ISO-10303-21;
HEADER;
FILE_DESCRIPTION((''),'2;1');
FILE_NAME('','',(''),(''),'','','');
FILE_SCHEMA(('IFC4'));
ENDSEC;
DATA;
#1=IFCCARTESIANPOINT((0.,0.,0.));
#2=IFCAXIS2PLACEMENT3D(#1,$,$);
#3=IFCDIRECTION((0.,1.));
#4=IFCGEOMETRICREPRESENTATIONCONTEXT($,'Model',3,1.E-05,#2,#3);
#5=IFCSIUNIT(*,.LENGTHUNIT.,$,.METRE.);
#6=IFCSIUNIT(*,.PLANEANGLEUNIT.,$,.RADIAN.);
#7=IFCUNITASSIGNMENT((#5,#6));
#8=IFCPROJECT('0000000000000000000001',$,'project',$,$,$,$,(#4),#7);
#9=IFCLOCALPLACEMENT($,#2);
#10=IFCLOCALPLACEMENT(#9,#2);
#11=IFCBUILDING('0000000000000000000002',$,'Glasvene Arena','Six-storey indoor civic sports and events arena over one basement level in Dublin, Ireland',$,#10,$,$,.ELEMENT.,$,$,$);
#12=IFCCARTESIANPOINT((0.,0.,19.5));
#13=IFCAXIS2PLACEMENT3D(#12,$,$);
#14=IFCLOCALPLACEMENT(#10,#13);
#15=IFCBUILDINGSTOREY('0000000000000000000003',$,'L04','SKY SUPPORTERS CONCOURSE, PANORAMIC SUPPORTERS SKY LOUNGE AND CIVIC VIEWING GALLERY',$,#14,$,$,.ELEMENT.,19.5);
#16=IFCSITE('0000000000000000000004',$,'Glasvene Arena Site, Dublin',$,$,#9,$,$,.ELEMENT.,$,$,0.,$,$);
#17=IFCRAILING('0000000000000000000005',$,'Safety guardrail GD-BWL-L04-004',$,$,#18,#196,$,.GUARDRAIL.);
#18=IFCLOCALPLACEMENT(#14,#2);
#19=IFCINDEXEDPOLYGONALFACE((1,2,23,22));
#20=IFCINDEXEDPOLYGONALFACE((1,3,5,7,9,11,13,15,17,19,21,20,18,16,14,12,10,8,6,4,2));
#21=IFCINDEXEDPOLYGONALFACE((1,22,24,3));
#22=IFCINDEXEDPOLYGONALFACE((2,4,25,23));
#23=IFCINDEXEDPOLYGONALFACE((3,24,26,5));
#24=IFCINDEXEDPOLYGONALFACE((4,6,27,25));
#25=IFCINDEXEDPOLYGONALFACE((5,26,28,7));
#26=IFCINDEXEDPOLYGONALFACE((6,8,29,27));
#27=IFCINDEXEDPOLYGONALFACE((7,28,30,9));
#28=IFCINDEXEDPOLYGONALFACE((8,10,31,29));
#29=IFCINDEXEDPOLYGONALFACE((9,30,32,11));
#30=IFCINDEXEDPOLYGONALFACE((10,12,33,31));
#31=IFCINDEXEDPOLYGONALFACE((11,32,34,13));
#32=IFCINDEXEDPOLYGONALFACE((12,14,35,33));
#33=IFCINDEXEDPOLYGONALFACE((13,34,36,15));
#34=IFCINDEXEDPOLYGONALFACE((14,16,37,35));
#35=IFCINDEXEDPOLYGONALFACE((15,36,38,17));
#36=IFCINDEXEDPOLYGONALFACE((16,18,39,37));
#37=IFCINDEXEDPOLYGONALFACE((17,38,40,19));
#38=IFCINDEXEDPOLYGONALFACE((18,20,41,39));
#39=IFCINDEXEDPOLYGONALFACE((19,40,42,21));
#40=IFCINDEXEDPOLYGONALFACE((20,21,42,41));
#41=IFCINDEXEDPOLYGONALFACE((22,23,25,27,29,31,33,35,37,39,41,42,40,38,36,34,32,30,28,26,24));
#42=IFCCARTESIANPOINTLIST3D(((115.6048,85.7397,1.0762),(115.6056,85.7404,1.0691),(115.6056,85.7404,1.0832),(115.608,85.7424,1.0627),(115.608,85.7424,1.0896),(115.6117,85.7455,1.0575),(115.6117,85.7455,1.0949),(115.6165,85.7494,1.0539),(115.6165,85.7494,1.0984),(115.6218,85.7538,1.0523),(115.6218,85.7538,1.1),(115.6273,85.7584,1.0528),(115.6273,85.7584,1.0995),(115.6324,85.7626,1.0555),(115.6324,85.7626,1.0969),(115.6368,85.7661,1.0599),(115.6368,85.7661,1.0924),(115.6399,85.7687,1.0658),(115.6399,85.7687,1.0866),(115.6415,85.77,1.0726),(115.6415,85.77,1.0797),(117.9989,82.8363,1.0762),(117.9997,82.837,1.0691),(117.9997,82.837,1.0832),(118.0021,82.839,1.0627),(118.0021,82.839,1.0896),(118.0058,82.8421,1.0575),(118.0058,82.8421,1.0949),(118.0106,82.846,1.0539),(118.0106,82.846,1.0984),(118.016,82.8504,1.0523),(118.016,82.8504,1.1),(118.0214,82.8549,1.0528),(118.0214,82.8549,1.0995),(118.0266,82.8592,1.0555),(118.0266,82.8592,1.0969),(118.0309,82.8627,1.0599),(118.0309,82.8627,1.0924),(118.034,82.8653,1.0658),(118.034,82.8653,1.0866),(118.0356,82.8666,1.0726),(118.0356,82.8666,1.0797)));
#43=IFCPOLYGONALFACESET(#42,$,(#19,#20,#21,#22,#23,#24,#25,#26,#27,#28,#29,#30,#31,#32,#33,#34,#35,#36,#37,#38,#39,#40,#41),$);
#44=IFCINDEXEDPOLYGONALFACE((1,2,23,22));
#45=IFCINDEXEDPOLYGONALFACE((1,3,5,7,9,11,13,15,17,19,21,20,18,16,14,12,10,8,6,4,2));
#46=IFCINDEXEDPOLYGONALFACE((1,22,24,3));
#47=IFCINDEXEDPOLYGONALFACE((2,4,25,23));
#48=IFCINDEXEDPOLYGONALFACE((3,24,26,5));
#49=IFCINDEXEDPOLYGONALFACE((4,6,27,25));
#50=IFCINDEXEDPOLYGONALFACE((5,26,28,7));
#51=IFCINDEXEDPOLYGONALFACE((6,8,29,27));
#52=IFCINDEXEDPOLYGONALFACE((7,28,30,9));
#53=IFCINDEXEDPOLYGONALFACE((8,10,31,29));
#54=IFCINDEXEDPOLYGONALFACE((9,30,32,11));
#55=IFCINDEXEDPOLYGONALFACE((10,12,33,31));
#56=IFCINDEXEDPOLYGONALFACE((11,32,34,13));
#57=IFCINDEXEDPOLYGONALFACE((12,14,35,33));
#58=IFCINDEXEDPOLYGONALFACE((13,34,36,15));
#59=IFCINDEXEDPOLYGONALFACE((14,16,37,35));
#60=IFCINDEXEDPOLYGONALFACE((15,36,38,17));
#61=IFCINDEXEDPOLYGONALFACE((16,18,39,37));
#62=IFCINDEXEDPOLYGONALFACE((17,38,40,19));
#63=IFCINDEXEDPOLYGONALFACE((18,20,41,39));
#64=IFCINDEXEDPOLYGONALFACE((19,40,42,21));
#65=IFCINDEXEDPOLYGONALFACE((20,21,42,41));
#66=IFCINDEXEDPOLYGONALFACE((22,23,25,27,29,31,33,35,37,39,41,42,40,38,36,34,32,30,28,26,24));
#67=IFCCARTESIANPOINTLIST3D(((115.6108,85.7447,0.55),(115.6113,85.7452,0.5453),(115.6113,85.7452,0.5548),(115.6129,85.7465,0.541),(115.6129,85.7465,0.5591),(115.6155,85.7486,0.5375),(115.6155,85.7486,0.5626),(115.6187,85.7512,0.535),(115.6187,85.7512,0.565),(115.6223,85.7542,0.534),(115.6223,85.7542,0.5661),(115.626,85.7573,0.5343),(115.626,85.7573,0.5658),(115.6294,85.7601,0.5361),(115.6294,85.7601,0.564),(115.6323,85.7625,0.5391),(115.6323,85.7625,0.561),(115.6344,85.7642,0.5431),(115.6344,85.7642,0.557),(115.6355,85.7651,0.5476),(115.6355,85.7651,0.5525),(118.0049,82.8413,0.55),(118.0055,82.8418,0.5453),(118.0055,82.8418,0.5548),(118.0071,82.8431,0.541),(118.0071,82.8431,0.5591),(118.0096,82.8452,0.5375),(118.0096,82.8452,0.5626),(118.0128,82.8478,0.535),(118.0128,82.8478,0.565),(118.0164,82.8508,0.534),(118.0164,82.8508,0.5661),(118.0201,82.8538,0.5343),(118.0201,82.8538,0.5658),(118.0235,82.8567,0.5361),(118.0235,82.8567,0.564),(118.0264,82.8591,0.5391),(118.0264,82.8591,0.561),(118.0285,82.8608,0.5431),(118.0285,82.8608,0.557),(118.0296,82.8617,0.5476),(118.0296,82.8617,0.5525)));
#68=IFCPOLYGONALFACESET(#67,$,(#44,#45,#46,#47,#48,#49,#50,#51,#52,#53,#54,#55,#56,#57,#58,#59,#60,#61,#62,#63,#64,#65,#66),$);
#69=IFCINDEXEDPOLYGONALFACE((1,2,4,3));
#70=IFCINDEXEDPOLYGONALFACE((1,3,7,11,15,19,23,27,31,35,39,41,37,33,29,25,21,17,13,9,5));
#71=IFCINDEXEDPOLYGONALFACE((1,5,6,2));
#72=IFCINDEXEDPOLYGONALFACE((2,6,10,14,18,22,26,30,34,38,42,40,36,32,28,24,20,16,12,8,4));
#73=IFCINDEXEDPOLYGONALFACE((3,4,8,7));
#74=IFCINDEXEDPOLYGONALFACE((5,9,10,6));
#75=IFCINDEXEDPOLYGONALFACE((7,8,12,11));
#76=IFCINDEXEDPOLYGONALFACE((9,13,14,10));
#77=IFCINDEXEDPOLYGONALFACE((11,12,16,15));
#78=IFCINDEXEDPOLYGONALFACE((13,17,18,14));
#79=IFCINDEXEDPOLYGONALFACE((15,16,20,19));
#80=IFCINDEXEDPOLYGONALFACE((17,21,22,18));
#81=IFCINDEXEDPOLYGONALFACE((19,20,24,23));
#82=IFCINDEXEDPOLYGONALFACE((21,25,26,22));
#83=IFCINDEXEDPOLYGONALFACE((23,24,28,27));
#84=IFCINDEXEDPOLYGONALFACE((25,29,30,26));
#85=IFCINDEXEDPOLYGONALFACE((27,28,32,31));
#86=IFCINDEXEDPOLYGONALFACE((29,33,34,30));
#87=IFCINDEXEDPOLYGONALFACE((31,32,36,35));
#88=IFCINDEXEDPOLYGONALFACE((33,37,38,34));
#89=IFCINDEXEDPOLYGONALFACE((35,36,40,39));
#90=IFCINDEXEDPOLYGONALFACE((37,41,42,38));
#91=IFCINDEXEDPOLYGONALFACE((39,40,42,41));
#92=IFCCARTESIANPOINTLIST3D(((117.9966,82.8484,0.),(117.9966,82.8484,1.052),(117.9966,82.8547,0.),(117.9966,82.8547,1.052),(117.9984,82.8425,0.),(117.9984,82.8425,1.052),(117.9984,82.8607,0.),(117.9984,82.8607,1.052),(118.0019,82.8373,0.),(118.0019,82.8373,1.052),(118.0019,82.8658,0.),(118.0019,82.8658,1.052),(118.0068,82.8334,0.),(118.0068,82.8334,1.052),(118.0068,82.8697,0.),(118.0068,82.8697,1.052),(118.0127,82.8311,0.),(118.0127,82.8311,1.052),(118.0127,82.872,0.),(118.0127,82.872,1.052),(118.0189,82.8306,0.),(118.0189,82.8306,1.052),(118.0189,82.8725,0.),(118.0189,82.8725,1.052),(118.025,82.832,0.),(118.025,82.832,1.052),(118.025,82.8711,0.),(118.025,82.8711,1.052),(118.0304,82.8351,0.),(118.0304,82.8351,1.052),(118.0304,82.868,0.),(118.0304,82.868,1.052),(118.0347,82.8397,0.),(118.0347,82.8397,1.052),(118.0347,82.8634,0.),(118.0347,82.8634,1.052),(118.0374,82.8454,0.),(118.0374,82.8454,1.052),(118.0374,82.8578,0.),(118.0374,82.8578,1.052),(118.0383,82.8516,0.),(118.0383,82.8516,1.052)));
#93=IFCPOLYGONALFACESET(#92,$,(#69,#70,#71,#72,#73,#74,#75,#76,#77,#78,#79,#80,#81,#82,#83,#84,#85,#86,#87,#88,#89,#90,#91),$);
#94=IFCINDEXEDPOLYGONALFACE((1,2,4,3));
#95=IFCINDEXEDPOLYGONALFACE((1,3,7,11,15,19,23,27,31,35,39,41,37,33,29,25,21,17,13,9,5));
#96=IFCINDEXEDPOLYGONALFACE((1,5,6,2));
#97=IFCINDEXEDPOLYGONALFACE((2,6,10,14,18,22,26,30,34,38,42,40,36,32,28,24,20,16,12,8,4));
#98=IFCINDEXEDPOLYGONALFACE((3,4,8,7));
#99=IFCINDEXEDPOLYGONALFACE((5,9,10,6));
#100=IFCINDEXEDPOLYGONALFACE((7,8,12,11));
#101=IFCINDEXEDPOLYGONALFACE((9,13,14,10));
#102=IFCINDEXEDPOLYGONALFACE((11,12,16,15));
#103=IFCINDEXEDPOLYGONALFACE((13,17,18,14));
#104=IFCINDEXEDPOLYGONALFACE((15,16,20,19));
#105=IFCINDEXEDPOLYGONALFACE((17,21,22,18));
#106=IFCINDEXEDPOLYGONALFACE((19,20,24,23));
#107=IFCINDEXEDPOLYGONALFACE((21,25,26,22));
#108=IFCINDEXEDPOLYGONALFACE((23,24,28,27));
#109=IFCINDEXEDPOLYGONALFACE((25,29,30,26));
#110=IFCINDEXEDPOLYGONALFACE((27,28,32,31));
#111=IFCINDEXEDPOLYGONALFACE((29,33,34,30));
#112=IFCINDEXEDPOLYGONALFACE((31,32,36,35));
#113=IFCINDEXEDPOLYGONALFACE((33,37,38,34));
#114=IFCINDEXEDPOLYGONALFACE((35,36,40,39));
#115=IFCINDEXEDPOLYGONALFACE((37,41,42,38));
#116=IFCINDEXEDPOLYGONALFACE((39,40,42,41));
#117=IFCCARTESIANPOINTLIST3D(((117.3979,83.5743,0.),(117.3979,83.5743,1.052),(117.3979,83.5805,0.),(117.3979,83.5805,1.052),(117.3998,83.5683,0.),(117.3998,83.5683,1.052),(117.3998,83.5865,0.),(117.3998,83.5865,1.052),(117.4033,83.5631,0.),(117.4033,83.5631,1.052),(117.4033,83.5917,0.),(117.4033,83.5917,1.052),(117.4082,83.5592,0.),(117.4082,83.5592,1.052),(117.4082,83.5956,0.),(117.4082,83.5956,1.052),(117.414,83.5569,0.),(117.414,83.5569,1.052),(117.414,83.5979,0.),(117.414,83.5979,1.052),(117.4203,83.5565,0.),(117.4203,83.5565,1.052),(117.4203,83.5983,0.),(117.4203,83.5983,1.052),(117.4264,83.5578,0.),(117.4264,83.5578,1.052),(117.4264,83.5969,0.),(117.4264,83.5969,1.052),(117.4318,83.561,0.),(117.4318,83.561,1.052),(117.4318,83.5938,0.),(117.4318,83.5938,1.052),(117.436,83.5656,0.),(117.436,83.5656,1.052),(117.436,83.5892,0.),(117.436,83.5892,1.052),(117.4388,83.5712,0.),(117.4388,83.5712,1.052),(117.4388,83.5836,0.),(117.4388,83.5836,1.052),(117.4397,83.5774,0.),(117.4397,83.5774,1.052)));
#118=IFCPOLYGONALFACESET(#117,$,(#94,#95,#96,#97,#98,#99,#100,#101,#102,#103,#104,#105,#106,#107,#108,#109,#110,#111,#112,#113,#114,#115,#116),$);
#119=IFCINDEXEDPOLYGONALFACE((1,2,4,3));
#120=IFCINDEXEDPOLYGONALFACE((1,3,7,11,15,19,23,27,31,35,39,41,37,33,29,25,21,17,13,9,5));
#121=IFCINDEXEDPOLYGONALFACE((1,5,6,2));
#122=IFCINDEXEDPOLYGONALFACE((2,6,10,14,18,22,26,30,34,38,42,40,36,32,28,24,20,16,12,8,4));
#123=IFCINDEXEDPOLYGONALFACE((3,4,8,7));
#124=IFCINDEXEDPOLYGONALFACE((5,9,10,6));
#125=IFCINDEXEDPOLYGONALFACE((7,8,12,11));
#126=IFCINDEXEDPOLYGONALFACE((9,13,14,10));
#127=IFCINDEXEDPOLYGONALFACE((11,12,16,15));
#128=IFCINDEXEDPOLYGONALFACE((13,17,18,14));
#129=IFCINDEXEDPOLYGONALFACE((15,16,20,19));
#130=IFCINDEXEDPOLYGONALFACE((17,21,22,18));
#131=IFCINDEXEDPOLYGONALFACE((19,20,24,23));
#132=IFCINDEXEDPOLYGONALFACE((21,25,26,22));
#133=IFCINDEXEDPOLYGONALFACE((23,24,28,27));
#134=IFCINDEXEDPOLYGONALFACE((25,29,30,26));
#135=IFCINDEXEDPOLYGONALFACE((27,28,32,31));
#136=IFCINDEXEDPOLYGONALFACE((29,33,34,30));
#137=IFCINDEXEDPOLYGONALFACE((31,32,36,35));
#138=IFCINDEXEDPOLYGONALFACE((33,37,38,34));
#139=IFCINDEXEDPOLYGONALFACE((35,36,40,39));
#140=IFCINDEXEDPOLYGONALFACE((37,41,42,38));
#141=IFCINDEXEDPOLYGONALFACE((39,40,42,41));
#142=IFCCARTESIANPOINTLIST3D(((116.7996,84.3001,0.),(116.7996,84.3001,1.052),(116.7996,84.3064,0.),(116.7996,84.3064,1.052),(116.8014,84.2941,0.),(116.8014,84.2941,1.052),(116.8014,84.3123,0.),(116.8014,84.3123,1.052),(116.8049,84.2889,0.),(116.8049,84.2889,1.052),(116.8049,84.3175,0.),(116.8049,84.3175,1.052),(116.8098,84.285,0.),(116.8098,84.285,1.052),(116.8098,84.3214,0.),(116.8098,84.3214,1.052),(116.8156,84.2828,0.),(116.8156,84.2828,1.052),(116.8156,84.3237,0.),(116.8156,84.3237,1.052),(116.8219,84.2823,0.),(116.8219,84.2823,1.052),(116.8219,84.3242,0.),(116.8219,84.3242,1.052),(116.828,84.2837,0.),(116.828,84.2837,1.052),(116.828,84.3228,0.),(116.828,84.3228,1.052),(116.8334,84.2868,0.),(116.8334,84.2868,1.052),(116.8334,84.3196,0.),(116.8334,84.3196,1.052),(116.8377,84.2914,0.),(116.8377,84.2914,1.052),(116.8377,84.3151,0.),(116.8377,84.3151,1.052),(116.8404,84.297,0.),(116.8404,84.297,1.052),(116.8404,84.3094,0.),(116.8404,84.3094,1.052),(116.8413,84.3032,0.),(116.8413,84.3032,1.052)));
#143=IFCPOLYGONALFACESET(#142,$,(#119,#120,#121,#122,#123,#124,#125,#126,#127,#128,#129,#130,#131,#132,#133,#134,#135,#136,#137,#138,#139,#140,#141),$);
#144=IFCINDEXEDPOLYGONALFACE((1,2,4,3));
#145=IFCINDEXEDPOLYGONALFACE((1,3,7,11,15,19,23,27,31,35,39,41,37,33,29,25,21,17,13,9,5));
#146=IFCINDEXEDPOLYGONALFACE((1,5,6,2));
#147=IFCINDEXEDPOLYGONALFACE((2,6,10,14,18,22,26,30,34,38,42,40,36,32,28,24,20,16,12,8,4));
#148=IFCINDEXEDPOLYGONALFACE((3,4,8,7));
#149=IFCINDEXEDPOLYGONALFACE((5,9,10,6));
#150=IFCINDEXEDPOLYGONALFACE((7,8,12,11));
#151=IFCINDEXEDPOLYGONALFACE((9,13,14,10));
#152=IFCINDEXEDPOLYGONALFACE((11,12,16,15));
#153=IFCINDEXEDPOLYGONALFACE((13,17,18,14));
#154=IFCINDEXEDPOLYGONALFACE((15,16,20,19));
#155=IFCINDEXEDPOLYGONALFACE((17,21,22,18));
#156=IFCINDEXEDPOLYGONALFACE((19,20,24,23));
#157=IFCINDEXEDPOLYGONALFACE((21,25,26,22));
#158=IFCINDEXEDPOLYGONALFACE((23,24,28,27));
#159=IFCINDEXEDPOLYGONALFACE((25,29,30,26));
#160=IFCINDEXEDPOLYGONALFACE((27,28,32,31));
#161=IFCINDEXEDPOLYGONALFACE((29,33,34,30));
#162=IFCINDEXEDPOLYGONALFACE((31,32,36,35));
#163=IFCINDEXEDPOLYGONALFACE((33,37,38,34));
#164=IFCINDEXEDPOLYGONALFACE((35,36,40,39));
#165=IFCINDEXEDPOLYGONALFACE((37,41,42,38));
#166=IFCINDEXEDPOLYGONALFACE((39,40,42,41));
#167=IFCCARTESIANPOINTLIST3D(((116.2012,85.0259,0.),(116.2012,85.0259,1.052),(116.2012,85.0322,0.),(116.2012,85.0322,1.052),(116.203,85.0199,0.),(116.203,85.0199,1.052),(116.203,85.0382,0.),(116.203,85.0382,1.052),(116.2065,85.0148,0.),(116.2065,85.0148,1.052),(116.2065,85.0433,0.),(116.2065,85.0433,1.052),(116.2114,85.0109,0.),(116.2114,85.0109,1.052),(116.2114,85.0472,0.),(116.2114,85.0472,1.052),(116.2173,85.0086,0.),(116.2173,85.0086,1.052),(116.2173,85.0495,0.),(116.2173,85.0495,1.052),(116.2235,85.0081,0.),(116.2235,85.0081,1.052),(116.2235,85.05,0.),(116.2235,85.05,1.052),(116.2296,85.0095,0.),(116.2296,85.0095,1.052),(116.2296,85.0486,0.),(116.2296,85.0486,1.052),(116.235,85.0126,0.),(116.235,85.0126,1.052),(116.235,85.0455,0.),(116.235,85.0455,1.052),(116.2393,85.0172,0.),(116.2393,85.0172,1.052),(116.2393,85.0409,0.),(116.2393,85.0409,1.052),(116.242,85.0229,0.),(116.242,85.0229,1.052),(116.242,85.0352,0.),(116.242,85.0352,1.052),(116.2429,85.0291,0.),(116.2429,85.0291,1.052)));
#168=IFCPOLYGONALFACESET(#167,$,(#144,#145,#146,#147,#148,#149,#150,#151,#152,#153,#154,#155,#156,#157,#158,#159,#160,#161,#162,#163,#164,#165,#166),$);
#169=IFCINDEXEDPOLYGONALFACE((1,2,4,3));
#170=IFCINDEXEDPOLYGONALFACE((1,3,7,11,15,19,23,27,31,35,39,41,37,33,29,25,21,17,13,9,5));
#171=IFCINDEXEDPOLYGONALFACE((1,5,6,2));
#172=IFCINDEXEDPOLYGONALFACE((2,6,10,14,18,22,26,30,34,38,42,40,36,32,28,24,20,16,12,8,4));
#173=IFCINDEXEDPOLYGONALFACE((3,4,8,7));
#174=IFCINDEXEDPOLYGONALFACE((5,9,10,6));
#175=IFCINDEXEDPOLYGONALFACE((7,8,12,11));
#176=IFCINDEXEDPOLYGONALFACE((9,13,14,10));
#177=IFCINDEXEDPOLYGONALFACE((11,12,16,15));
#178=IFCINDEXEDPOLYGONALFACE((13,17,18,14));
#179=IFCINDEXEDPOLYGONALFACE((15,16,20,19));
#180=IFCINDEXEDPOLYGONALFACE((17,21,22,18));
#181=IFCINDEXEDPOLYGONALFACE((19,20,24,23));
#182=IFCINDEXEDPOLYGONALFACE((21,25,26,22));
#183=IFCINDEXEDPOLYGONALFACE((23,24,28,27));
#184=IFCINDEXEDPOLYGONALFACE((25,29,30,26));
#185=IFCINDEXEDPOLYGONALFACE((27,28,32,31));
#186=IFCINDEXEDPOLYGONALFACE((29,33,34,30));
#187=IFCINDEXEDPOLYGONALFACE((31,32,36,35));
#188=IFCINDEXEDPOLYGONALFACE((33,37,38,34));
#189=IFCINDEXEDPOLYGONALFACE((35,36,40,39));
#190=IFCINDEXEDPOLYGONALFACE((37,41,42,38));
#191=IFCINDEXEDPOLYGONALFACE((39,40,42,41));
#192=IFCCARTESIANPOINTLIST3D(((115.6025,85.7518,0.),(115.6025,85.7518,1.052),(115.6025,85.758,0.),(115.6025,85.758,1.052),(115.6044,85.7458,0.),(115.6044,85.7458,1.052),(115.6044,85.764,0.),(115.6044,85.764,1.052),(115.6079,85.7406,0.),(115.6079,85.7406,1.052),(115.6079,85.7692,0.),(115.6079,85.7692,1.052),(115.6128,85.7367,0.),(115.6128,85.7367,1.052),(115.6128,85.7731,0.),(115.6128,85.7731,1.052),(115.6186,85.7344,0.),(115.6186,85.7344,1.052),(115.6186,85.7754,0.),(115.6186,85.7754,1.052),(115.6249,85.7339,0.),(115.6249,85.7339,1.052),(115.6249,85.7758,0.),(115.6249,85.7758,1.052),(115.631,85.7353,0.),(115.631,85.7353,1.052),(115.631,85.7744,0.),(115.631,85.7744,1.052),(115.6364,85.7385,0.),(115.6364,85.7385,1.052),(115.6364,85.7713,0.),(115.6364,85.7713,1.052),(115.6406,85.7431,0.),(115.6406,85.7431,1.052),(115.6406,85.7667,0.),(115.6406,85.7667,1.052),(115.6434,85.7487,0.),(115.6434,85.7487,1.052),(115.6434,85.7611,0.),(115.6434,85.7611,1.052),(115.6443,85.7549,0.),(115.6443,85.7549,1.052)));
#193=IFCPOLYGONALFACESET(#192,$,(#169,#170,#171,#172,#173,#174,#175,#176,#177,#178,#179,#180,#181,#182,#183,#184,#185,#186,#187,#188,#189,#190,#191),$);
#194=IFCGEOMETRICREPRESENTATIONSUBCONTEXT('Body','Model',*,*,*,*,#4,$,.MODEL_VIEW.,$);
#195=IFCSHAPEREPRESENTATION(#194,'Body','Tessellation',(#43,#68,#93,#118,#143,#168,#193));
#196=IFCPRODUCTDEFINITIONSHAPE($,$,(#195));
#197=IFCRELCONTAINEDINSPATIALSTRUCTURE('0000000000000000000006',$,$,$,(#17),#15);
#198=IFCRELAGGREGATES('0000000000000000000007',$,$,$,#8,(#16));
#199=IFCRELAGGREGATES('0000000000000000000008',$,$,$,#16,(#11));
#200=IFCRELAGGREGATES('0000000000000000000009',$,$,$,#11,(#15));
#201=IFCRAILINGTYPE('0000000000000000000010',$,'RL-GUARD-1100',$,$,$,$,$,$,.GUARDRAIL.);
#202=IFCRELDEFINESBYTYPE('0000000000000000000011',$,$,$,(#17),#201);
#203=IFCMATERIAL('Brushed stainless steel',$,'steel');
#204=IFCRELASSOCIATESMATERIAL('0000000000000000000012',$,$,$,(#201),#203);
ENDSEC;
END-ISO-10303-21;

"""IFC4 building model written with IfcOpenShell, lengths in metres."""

from ifc_helpers import new_model, si_unit, direction, frame, origin, origin_2d, place, context, subcontext, project, spatial, circle, extrude, material, type_object, element, save


model = new_model("IFC4")

# Units and contexts
model_context = context("Model", 3, precision=1e-05, world=origin(), true_north=direction((0.0, 1.0)))
body_context = subcontext(model_context, "Body", "Model", "MODEL_VIEW")
ifc_project = project(units=[si_unit("LENGTHUNIT", "METRE"), si_unit("PLANEANGLEUNIT", "RADIAN")], contexts=[model_context])

# Site, building, storey
site_placement = place(None, origin())
site = spatial("IfcSite", under=ifc_project, at=site_placement, Name="Glasvene Arena Site, Dublin", CompositionType="ELEMENT", RefElevation=0.0)
building_placement = place(site_placement, origin())
building = spatial("IfcBuilding", under=site, at=building_placement, Name="Glasvene Arena", Description="Six-storey indoor civic sports and events arena over one basement level in Dublin, Ireland", CompositionType="ELEMENT")
storey_placement = place(building_placement, frame((0.0, 0.0, 19.5)))
storey = spatial("IfcBuildingStorey", under=building, at=storey_placement, Name="L04", Description="SKY SUPPORTERS CONCOURSE, PANORAMIC SUPPORTERS SKY LOUNGE AND CIVIC VIEWING GALLERY", CompositionType="ELEMENT", Elevation=19.5)

# Railing
ifc_material = material(Name="Brushed stainless steel", Category="steel")
railing_type = type_object("IfcRailingType", Name="RL-GUARD-1100", PredefinedType="GUARDRAIL", material=ifc_material)
railing_1_placement = place(storey_placement, frame((118.0173, 82.8516, 0.0)))
element("IfcRailing", 1, at=railing_1_placement, inside=storey, type_object=railing_type, Name="Safety guardrail GD-BWL-L04-004", PredefinedType="GUARDRAIL", context=body_context, shape_type="SweptSolid", body=[
    extrude(circle(Radius=0.0239, at=origin_2d()), frame((0.0, 0.0, 1.0762), z_axis=(-0.636194, 0.771529, 0.0), x_axis=(-0.771529, -0.636194, 0.0)), (0.0, 0.0, 1.0), 3.7632),
    extrude(circle(Radius=0.0161, at=origin_2d()), frame((0.0, 0.0, 0.55), z_axis=(-0.636194, 0.771529, 0.0), x_axis=(-0.771529, -0.636194, 0.0)), (0.0, 0.0, 1.0), 3.7632),
    extrude(circle(Radius=0.021, at=origin_2d()), origin(), (0.0, 0.0, 1.0), 1.052),
    extrude(circle(Radius=0.021, at=origin_2d()), frame((-0.5986, 0.7258, 0.0)), (0.0, 0.0, 1.0), 1.052),
    extrude(circle(Radius=0.021, at=origin_2d()), frame((-1.197, 1.4517, 0.0)), (0.0, 0.0, 1.0), 1.052),
    extrude(circle(Radius=0.021, at=origin_2d()), frame((-1.7954, 2.1775, 0.0)), (0.0, 0.0, 1.0), 1.052),
    extrude(circle(Radius=0.021, at=origin_2d()), frame((-2.394, 2.9033, 0.0)), (0.0, 0.0, 1.0), 1.052),
])

save(model, "model.ifc")
